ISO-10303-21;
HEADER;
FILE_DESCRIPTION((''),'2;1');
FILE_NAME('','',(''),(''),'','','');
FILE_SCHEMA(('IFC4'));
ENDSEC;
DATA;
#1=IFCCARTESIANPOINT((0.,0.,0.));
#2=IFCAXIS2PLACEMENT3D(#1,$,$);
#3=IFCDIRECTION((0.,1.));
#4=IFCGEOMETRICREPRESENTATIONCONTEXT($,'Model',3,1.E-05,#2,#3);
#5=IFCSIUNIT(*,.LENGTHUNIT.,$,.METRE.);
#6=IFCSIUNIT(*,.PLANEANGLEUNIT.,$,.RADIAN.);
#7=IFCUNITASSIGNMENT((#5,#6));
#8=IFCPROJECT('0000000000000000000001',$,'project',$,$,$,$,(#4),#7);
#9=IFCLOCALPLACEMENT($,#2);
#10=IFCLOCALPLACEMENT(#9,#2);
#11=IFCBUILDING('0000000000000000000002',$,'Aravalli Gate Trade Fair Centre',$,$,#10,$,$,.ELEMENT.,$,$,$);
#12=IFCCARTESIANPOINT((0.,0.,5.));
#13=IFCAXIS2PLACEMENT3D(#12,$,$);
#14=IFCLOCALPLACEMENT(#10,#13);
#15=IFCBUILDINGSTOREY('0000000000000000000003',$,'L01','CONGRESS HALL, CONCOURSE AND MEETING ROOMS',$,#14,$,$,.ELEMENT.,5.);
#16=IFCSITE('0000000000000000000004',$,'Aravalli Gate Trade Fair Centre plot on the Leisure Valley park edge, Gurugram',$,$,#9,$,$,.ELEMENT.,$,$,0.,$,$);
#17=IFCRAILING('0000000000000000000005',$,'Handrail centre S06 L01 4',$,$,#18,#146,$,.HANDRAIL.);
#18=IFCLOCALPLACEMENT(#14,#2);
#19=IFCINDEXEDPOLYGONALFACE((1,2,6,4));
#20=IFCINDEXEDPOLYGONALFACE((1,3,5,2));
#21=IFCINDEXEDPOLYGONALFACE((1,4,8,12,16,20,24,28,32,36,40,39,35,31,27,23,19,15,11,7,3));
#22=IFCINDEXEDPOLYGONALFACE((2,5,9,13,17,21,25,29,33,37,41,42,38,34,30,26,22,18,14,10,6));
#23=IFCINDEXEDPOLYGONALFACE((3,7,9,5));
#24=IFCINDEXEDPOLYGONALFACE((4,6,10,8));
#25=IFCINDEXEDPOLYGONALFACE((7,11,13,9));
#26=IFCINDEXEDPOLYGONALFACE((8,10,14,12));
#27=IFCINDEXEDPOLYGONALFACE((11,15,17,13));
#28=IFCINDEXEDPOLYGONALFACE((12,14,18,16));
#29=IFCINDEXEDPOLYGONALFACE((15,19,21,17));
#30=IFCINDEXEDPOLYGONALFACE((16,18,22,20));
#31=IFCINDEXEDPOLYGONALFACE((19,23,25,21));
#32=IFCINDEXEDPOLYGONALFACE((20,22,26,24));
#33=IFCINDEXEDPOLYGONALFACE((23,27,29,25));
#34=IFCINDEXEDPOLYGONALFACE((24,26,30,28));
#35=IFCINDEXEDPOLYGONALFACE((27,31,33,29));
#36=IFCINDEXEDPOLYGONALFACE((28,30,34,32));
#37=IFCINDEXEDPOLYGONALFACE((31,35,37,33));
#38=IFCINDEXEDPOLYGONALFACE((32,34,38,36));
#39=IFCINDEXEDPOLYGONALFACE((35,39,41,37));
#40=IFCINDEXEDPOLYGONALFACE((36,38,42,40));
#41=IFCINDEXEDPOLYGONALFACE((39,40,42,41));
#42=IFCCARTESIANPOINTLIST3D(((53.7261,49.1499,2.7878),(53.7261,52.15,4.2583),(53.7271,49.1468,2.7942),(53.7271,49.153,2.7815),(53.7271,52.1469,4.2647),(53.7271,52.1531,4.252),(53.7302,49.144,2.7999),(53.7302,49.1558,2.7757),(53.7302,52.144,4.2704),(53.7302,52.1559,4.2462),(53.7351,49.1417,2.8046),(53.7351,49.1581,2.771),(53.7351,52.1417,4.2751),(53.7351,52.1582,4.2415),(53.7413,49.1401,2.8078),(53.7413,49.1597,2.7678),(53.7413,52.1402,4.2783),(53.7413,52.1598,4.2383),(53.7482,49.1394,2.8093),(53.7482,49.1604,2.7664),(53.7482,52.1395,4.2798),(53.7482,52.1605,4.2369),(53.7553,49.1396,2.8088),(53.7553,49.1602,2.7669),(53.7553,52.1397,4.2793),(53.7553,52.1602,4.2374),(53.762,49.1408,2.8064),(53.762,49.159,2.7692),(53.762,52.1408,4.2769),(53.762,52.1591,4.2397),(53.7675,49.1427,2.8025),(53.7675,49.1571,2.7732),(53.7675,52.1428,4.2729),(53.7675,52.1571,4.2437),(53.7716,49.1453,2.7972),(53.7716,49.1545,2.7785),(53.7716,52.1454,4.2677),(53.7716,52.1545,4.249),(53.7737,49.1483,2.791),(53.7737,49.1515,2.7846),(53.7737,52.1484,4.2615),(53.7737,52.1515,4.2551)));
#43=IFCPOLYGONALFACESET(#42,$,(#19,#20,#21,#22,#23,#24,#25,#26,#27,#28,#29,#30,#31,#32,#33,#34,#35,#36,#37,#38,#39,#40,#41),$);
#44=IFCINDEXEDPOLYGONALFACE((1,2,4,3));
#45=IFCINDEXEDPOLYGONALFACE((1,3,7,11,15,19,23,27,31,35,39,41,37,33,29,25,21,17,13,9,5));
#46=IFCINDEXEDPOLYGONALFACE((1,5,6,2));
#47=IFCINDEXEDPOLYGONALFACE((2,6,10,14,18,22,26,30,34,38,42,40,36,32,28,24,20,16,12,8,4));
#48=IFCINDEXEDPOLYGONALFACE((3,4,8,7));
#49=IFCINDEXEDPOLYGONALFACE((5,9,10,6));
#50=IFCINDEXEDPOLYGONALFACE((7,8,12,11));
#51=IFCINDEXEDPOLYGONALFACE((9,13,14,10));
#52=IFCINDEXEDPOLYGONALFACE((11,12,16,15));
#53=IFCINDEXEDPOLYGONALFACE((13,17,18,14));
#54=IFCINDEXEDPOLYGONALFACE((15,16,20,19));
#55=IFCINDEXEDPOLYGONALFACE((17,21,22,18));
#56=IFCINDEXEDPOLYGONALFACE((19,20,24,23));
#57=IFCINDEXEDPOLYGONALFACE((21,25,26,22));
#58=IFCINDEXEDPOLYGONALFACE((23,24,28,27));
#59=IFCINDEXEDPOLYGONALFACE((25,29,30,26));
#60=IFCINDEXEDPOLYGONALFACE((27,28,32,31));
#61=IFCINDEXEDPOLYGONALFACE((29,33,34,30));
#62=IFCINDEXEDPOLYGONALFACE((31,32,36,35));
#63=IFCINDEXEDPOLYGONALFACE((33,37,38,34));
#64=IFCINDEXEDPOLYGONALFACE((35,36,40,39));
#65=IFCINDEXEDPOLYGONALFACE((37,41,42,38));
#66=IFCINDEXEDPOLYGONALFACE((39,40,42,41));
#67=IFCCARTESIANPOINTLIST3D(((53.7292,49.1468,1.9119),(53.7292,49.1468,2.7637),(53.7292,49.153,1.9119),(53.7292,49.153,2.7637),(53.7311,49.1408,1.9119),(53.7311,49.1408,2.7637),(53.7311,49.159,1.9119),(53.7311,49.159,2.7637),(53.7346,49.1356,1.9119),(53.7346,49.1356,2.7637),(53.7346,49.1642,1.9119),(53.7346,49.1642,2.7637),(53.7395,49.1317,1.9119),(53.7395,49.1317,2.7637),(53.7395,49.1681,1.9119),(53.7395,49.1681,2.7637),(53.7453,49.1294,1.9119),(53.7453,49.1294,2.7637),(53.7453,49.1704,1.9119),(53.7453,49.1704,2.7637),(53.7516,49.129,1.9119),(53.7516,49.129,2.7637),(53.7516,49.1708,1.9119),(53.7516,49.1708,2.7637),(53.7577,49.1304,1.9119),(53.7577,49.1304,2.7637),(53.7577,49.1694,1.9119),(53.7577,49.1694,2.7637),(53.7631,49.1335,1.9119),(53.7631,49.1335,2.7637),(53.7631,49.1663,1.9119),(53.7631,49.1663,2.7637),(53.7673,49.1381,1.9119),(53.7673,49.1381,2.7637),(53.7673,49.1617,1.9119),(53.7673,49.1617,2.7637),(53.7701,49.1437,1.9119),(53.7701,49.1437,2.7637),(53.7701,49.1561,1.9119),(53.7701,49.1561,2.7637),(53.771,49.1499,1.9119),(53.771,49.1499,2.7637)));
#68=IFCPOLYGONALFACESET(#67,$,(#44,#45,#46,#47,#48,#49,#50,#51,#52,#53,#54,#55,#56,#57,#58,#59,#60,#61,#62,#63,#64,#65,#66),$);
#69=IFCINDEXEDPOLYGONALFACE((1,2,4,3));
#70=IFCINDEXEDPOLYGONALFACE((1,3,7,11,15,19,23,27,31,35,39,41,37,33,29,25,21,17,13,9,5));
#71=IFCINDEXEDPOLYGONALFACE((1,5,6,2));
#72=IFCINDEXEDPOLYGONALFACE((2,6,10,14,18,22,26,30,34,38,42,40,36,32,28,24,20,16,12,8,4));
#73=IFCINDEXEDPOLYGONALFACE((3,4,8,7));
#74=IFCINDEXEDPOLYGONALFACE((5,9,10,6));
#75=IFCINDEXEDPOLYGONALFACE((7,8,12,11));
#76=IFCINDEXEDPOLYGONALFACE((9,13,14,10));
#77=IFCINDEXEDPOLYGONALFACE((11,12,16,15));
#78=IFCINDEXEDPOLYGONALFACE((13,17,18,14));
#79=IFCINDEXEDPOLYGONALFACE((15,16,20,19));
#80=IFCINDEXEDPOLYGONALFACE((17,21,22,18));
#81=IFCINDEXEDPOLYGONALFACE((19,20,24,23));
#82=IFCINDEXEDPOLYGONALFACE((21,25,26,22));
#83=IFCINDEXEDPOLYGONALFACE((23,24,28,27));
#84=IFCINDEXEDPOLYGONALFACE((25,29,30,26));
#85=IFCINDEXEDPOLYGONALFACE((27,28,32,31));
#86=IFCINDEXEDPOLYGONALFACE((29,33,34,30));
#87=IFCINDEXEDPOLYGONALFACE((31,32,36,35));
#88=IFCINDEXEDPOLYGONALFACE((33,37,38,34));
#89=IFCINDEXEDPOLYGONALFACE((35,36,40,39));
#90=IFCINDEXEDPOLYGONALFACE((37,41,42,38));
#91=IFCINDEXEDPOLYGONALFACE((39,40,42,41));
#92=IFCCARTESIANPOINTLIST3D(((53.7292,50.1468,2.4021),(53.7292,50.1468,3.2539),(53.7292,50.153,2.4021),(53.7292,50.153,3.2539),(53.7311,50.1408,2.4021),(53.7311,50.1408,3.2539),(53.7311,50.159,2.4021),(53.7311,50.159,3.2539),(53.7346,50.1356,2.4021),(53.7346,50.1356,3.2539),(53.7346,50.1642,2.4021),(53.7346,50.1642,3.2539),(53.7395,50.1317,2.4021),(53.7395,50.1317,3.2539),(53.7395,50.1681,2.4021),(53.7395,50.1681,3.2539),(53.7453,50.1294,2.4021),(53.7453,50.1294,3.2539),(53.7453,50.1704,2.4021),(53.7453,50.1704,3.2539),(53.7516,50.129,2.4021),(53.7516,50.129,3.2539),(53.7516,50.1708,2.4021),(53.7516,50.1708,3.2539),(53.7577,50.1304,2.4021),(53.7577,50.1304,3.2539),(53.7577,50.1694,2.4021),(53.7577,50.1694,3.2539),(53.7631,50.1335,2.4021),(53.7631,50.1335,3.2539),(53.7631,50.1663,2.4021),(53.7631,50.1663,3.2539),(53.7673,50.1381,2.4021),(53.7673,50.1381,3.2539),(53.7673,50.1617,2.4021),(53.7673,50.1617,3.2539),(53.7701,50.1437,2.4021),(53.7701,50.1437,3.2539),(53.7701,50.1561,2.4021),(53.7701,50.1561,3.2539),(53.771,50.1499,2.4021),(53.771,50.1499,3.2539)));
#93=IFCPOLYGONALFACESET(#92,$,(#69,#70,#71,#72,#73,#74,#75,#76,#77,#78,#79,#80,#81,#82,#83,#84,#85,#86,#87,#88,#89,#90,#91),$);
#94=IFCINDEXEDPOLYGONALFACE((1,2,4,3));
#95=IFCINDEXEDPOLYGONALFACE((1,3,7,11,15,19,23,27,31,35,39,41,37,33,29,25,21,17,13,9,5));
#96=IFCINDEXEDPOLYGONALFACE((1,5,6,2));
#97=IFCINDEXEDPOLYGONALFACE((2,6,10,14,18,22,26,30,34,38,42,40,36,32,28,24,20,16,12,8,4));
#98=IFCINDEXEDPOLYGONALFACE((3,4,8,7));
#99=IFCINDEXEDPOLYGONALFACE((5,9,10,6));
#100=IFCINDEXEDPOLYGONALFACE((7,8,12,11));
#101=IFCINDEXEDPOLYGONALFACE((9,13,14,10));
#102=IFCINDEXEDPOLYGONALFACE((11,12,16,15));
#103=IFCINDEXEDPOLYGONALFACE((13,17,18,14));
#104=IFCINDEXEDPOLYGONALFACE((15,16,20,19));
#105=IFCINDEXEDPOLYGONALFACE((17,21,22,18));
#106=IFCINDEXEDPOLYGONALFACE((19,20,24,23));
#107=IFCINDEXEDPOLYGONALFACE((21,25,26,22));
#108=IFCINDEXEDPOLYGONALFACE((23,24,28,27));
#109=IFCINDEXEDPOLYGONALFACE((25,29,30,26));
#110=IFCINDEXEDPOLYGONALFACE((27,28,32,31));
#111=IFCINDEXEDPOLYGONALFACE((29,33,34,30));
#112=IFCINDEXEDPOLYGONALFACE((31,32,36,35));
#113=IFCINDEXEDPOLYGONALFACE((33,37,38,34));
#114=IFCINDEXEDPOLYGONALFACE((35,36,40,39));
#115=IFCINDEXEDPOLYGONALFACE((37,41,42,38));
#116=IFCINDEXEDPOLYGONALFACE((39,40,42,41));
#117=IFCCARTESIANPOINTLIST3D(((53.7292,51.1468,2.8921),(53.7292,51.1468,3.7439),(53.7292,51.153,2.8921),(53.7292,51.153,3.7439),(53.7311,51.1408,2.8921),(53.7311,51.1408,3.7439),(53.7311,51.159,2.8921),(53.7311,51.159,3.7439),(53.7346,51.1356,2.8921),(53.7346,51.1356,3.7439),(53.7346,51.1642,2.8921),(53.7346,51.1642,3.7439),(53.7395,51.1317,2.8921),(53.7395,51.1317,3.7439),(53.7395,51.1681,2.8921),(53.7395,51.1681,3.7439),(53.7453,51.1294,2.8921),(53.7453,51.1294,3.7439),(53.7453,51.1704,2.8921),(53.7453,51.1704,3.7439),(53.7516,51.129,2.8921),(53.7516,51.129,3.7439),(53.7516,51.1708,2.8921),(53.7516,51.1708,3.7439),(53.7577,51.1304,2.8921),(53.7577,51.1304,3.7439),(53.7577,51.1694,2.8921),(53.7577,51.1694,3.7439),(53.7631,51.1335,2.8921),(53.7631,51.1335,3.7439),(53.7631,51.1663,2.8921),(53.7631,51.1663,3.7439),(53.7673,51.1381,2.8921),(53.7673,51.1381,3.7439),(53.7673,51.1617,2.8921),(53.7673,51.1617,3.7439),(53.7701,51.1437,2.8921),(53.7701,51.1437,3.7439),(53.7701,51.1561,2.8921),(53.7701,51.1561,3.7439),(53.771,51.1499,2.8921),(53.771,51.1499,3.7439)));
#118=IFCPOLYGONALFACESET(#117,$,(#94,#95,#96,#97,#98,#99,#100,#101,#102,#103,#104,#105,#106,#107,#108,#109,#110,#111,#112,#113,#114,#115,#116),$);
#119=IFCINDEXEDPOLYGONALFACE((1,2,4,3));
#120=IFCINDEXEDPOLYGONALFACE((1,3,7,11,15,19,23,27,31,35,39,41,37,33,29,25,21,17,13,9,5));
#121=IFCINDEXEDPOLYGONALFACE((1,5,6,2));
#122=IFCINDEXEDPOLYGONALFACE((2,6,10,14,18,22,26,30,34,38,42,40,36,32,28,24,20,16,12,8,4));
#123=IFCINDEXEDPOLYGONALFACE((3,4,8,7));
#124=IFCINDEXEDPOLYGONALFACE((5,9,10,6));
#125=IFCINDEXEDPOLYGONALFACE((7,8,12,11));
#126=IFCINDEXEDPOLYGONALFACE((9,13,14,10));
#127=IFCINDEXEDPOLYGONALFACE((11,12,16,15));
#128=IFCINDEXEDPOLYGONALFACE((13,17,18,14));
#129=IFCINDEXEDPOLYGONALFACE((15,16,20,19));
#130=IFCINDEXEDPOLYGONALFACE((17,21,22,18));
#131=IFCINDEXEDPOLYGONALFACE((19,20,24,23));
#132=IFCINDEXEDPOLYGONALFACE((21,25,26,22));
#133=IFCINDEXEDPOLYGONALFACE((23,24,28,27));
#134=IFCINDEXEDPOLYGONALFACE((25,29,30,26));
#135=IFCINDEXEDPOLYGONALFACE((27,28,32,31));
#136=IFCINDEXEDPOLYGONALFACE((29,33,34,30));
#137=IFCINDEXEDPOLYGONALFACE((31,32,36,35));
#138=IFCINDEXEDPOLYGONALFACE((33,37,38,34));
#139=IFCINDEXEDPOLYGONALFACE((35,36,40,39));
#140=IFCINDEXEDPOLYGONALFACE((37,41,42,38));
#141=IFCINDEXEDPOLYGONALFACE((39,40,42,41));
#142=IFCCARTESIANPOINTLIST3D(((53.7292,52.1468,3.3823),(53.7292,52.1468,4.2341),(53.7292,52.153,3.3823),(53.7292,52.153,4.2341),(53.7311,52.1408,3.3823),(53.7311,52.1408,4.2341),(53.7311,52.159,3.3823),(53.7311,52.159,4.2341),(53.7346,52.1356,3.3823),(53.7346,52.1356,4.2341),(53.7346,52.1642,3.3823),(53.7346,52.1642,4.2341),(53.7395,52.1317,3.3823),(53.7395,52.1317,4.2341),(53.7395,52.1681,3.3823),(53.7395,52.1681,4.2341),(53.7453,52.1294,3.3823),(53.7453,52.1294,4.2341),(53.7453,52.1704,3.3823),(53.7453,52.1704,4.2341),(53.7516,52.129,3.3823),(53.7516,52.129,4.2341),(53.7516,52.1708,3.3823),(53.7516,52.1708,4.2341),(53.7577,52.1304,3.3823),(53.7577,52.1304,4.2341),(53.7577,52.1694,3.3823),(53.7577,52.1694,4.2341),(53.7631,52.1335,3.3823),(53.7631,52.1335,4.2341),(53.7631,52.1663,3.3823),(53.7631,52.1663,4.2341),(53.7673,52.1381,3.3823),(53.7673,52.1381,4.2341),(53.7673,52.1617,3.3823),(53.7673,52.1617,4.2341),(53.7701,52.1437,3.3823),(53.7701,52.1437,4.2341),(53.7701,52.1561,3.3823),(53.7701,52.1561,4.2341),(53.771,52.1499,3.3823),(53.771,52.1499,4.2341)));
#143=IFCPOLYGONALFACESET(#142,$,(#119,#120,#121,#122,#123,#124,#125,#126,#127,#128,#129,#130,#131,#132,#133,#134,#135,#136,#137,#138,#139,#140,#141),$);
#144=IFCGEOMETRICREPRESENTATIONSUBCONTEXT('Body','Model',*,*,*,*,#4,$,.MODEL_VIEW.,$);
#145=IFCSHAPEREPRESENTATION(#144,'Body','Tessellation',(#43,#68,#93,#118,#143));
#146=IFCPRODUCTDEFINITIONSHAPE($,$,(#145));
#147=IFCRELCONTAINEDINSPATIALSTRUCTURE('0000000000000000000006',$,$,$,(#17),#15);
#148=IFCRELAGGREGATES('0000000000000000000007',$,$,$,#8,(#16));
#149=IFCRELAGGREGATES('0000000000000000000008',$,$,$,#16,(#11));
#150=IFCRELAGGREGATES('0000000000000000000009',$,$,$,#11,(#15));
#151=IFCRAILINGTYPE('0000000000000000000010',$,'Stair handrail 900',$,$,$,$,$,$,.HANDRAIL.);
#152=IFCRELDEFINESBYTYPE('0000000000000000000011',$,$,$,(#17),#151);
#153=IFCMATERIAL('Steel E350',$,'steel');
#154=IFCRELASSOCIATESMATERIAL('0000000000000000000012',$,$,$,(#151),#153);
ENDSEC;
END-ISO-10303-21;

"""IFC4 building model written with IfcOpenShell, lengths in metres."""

from ifc_helpers import new_model, si_unit, direction, frame, origin, origin_2d, place, context, subcontext, project, spatial, circle, extrude, material, type_object, element, save


model = new_model("IFC4")

# Units and contexts
model_context = context("Model", 3, precision=1e-05, world=origin(), true_north=direction((0.0, 1.0)))
body_context = subcontext(model_context, "Body", "Model", "MODEL_VIEW")
ifc_project = project(units=[si_unit("LENGTHUNIT", "METRE"), si_unit("PLANEANGLEUNIT", "RADIAN")], contexts=[model_context])

# Site, building, storey
site_placement = place(None, origin())
site = spatial("IfcSite", under=ifc_project, at=site_placement, Name="Aravalli Gate Trade Fair Centre plot on the Leisure Valley park edge, Gurugram", CompositionType="ELEMENT", RefElevation=0.0)
building_placement = place(site_placement, origin())
building = spatial("IfcBuilding", under=site, at=building_placement, Name="Aravalli Gate Trade Fair Centre", CompositionType="ELEMENT")
storey_placement = place(building_placement, frame((0.0, 0.0, 5.0)))
storey = spatial("IfcBuildingStorey", under=building, at=storey_placement, Name="L01", Description="CONGRESS HALL, CONCOURSE AND MEETING ROOMS", CompositionType="ELEMENT", Elevation=5.0)

# Railing
ifc_material_1 = material(Name="Steel E350", Category="steel")
railing_type_1 = type_object("IfcRailingType", Name="Stair handrail 900", PredefinedType="HANDRAIL", material=ifc_material_1)
for number, where, name in (
    (1, (53.75, 49.1499, 1.9119), "Handrail centre S06 L01 4"),
):
    element("IfcRailing", number, at=place(storey_placement, frame(where)), inside=storey, type_object=railing_type_1, Name=name, PredefinedType="HANDRAIL", context=body_context, shape_type="SweptSolid", body=[
        extrude(circle(Radius=0.0239, at=origin_2d()), frame((0.0, 0.0, 0.876), z_axis=(0.0, 0.897936, 0.440126), x_axis=(-1.0, 0.0, 0.0)), (0.0, 0.0, 1.0), 3.3411),
        extrude(circle(Radius=0.021, at=origin_2d()), origin(), (0.0, 0.0, 1.0), 0.8518),
        extrude(circle(Radius=0.021, at=origin_2d()), frame((0.0, 1.0, 0.4902)), (0.0, 0.0, 1.0), 0.8518),
        extrude(circle(Radius=0.021, at=origin_2d()), frame((0.0, 2.0, 0.9802)), (0.0, 0.0, 1.0), 0.8518),
        extrude(circle(Radius=0.021, at=origin_2d()), frame((0.0, 3.0, 1.4705)), (0.0, 0.0, 1.0), 0.8518),
    ])

save(model, "model.ifc")
